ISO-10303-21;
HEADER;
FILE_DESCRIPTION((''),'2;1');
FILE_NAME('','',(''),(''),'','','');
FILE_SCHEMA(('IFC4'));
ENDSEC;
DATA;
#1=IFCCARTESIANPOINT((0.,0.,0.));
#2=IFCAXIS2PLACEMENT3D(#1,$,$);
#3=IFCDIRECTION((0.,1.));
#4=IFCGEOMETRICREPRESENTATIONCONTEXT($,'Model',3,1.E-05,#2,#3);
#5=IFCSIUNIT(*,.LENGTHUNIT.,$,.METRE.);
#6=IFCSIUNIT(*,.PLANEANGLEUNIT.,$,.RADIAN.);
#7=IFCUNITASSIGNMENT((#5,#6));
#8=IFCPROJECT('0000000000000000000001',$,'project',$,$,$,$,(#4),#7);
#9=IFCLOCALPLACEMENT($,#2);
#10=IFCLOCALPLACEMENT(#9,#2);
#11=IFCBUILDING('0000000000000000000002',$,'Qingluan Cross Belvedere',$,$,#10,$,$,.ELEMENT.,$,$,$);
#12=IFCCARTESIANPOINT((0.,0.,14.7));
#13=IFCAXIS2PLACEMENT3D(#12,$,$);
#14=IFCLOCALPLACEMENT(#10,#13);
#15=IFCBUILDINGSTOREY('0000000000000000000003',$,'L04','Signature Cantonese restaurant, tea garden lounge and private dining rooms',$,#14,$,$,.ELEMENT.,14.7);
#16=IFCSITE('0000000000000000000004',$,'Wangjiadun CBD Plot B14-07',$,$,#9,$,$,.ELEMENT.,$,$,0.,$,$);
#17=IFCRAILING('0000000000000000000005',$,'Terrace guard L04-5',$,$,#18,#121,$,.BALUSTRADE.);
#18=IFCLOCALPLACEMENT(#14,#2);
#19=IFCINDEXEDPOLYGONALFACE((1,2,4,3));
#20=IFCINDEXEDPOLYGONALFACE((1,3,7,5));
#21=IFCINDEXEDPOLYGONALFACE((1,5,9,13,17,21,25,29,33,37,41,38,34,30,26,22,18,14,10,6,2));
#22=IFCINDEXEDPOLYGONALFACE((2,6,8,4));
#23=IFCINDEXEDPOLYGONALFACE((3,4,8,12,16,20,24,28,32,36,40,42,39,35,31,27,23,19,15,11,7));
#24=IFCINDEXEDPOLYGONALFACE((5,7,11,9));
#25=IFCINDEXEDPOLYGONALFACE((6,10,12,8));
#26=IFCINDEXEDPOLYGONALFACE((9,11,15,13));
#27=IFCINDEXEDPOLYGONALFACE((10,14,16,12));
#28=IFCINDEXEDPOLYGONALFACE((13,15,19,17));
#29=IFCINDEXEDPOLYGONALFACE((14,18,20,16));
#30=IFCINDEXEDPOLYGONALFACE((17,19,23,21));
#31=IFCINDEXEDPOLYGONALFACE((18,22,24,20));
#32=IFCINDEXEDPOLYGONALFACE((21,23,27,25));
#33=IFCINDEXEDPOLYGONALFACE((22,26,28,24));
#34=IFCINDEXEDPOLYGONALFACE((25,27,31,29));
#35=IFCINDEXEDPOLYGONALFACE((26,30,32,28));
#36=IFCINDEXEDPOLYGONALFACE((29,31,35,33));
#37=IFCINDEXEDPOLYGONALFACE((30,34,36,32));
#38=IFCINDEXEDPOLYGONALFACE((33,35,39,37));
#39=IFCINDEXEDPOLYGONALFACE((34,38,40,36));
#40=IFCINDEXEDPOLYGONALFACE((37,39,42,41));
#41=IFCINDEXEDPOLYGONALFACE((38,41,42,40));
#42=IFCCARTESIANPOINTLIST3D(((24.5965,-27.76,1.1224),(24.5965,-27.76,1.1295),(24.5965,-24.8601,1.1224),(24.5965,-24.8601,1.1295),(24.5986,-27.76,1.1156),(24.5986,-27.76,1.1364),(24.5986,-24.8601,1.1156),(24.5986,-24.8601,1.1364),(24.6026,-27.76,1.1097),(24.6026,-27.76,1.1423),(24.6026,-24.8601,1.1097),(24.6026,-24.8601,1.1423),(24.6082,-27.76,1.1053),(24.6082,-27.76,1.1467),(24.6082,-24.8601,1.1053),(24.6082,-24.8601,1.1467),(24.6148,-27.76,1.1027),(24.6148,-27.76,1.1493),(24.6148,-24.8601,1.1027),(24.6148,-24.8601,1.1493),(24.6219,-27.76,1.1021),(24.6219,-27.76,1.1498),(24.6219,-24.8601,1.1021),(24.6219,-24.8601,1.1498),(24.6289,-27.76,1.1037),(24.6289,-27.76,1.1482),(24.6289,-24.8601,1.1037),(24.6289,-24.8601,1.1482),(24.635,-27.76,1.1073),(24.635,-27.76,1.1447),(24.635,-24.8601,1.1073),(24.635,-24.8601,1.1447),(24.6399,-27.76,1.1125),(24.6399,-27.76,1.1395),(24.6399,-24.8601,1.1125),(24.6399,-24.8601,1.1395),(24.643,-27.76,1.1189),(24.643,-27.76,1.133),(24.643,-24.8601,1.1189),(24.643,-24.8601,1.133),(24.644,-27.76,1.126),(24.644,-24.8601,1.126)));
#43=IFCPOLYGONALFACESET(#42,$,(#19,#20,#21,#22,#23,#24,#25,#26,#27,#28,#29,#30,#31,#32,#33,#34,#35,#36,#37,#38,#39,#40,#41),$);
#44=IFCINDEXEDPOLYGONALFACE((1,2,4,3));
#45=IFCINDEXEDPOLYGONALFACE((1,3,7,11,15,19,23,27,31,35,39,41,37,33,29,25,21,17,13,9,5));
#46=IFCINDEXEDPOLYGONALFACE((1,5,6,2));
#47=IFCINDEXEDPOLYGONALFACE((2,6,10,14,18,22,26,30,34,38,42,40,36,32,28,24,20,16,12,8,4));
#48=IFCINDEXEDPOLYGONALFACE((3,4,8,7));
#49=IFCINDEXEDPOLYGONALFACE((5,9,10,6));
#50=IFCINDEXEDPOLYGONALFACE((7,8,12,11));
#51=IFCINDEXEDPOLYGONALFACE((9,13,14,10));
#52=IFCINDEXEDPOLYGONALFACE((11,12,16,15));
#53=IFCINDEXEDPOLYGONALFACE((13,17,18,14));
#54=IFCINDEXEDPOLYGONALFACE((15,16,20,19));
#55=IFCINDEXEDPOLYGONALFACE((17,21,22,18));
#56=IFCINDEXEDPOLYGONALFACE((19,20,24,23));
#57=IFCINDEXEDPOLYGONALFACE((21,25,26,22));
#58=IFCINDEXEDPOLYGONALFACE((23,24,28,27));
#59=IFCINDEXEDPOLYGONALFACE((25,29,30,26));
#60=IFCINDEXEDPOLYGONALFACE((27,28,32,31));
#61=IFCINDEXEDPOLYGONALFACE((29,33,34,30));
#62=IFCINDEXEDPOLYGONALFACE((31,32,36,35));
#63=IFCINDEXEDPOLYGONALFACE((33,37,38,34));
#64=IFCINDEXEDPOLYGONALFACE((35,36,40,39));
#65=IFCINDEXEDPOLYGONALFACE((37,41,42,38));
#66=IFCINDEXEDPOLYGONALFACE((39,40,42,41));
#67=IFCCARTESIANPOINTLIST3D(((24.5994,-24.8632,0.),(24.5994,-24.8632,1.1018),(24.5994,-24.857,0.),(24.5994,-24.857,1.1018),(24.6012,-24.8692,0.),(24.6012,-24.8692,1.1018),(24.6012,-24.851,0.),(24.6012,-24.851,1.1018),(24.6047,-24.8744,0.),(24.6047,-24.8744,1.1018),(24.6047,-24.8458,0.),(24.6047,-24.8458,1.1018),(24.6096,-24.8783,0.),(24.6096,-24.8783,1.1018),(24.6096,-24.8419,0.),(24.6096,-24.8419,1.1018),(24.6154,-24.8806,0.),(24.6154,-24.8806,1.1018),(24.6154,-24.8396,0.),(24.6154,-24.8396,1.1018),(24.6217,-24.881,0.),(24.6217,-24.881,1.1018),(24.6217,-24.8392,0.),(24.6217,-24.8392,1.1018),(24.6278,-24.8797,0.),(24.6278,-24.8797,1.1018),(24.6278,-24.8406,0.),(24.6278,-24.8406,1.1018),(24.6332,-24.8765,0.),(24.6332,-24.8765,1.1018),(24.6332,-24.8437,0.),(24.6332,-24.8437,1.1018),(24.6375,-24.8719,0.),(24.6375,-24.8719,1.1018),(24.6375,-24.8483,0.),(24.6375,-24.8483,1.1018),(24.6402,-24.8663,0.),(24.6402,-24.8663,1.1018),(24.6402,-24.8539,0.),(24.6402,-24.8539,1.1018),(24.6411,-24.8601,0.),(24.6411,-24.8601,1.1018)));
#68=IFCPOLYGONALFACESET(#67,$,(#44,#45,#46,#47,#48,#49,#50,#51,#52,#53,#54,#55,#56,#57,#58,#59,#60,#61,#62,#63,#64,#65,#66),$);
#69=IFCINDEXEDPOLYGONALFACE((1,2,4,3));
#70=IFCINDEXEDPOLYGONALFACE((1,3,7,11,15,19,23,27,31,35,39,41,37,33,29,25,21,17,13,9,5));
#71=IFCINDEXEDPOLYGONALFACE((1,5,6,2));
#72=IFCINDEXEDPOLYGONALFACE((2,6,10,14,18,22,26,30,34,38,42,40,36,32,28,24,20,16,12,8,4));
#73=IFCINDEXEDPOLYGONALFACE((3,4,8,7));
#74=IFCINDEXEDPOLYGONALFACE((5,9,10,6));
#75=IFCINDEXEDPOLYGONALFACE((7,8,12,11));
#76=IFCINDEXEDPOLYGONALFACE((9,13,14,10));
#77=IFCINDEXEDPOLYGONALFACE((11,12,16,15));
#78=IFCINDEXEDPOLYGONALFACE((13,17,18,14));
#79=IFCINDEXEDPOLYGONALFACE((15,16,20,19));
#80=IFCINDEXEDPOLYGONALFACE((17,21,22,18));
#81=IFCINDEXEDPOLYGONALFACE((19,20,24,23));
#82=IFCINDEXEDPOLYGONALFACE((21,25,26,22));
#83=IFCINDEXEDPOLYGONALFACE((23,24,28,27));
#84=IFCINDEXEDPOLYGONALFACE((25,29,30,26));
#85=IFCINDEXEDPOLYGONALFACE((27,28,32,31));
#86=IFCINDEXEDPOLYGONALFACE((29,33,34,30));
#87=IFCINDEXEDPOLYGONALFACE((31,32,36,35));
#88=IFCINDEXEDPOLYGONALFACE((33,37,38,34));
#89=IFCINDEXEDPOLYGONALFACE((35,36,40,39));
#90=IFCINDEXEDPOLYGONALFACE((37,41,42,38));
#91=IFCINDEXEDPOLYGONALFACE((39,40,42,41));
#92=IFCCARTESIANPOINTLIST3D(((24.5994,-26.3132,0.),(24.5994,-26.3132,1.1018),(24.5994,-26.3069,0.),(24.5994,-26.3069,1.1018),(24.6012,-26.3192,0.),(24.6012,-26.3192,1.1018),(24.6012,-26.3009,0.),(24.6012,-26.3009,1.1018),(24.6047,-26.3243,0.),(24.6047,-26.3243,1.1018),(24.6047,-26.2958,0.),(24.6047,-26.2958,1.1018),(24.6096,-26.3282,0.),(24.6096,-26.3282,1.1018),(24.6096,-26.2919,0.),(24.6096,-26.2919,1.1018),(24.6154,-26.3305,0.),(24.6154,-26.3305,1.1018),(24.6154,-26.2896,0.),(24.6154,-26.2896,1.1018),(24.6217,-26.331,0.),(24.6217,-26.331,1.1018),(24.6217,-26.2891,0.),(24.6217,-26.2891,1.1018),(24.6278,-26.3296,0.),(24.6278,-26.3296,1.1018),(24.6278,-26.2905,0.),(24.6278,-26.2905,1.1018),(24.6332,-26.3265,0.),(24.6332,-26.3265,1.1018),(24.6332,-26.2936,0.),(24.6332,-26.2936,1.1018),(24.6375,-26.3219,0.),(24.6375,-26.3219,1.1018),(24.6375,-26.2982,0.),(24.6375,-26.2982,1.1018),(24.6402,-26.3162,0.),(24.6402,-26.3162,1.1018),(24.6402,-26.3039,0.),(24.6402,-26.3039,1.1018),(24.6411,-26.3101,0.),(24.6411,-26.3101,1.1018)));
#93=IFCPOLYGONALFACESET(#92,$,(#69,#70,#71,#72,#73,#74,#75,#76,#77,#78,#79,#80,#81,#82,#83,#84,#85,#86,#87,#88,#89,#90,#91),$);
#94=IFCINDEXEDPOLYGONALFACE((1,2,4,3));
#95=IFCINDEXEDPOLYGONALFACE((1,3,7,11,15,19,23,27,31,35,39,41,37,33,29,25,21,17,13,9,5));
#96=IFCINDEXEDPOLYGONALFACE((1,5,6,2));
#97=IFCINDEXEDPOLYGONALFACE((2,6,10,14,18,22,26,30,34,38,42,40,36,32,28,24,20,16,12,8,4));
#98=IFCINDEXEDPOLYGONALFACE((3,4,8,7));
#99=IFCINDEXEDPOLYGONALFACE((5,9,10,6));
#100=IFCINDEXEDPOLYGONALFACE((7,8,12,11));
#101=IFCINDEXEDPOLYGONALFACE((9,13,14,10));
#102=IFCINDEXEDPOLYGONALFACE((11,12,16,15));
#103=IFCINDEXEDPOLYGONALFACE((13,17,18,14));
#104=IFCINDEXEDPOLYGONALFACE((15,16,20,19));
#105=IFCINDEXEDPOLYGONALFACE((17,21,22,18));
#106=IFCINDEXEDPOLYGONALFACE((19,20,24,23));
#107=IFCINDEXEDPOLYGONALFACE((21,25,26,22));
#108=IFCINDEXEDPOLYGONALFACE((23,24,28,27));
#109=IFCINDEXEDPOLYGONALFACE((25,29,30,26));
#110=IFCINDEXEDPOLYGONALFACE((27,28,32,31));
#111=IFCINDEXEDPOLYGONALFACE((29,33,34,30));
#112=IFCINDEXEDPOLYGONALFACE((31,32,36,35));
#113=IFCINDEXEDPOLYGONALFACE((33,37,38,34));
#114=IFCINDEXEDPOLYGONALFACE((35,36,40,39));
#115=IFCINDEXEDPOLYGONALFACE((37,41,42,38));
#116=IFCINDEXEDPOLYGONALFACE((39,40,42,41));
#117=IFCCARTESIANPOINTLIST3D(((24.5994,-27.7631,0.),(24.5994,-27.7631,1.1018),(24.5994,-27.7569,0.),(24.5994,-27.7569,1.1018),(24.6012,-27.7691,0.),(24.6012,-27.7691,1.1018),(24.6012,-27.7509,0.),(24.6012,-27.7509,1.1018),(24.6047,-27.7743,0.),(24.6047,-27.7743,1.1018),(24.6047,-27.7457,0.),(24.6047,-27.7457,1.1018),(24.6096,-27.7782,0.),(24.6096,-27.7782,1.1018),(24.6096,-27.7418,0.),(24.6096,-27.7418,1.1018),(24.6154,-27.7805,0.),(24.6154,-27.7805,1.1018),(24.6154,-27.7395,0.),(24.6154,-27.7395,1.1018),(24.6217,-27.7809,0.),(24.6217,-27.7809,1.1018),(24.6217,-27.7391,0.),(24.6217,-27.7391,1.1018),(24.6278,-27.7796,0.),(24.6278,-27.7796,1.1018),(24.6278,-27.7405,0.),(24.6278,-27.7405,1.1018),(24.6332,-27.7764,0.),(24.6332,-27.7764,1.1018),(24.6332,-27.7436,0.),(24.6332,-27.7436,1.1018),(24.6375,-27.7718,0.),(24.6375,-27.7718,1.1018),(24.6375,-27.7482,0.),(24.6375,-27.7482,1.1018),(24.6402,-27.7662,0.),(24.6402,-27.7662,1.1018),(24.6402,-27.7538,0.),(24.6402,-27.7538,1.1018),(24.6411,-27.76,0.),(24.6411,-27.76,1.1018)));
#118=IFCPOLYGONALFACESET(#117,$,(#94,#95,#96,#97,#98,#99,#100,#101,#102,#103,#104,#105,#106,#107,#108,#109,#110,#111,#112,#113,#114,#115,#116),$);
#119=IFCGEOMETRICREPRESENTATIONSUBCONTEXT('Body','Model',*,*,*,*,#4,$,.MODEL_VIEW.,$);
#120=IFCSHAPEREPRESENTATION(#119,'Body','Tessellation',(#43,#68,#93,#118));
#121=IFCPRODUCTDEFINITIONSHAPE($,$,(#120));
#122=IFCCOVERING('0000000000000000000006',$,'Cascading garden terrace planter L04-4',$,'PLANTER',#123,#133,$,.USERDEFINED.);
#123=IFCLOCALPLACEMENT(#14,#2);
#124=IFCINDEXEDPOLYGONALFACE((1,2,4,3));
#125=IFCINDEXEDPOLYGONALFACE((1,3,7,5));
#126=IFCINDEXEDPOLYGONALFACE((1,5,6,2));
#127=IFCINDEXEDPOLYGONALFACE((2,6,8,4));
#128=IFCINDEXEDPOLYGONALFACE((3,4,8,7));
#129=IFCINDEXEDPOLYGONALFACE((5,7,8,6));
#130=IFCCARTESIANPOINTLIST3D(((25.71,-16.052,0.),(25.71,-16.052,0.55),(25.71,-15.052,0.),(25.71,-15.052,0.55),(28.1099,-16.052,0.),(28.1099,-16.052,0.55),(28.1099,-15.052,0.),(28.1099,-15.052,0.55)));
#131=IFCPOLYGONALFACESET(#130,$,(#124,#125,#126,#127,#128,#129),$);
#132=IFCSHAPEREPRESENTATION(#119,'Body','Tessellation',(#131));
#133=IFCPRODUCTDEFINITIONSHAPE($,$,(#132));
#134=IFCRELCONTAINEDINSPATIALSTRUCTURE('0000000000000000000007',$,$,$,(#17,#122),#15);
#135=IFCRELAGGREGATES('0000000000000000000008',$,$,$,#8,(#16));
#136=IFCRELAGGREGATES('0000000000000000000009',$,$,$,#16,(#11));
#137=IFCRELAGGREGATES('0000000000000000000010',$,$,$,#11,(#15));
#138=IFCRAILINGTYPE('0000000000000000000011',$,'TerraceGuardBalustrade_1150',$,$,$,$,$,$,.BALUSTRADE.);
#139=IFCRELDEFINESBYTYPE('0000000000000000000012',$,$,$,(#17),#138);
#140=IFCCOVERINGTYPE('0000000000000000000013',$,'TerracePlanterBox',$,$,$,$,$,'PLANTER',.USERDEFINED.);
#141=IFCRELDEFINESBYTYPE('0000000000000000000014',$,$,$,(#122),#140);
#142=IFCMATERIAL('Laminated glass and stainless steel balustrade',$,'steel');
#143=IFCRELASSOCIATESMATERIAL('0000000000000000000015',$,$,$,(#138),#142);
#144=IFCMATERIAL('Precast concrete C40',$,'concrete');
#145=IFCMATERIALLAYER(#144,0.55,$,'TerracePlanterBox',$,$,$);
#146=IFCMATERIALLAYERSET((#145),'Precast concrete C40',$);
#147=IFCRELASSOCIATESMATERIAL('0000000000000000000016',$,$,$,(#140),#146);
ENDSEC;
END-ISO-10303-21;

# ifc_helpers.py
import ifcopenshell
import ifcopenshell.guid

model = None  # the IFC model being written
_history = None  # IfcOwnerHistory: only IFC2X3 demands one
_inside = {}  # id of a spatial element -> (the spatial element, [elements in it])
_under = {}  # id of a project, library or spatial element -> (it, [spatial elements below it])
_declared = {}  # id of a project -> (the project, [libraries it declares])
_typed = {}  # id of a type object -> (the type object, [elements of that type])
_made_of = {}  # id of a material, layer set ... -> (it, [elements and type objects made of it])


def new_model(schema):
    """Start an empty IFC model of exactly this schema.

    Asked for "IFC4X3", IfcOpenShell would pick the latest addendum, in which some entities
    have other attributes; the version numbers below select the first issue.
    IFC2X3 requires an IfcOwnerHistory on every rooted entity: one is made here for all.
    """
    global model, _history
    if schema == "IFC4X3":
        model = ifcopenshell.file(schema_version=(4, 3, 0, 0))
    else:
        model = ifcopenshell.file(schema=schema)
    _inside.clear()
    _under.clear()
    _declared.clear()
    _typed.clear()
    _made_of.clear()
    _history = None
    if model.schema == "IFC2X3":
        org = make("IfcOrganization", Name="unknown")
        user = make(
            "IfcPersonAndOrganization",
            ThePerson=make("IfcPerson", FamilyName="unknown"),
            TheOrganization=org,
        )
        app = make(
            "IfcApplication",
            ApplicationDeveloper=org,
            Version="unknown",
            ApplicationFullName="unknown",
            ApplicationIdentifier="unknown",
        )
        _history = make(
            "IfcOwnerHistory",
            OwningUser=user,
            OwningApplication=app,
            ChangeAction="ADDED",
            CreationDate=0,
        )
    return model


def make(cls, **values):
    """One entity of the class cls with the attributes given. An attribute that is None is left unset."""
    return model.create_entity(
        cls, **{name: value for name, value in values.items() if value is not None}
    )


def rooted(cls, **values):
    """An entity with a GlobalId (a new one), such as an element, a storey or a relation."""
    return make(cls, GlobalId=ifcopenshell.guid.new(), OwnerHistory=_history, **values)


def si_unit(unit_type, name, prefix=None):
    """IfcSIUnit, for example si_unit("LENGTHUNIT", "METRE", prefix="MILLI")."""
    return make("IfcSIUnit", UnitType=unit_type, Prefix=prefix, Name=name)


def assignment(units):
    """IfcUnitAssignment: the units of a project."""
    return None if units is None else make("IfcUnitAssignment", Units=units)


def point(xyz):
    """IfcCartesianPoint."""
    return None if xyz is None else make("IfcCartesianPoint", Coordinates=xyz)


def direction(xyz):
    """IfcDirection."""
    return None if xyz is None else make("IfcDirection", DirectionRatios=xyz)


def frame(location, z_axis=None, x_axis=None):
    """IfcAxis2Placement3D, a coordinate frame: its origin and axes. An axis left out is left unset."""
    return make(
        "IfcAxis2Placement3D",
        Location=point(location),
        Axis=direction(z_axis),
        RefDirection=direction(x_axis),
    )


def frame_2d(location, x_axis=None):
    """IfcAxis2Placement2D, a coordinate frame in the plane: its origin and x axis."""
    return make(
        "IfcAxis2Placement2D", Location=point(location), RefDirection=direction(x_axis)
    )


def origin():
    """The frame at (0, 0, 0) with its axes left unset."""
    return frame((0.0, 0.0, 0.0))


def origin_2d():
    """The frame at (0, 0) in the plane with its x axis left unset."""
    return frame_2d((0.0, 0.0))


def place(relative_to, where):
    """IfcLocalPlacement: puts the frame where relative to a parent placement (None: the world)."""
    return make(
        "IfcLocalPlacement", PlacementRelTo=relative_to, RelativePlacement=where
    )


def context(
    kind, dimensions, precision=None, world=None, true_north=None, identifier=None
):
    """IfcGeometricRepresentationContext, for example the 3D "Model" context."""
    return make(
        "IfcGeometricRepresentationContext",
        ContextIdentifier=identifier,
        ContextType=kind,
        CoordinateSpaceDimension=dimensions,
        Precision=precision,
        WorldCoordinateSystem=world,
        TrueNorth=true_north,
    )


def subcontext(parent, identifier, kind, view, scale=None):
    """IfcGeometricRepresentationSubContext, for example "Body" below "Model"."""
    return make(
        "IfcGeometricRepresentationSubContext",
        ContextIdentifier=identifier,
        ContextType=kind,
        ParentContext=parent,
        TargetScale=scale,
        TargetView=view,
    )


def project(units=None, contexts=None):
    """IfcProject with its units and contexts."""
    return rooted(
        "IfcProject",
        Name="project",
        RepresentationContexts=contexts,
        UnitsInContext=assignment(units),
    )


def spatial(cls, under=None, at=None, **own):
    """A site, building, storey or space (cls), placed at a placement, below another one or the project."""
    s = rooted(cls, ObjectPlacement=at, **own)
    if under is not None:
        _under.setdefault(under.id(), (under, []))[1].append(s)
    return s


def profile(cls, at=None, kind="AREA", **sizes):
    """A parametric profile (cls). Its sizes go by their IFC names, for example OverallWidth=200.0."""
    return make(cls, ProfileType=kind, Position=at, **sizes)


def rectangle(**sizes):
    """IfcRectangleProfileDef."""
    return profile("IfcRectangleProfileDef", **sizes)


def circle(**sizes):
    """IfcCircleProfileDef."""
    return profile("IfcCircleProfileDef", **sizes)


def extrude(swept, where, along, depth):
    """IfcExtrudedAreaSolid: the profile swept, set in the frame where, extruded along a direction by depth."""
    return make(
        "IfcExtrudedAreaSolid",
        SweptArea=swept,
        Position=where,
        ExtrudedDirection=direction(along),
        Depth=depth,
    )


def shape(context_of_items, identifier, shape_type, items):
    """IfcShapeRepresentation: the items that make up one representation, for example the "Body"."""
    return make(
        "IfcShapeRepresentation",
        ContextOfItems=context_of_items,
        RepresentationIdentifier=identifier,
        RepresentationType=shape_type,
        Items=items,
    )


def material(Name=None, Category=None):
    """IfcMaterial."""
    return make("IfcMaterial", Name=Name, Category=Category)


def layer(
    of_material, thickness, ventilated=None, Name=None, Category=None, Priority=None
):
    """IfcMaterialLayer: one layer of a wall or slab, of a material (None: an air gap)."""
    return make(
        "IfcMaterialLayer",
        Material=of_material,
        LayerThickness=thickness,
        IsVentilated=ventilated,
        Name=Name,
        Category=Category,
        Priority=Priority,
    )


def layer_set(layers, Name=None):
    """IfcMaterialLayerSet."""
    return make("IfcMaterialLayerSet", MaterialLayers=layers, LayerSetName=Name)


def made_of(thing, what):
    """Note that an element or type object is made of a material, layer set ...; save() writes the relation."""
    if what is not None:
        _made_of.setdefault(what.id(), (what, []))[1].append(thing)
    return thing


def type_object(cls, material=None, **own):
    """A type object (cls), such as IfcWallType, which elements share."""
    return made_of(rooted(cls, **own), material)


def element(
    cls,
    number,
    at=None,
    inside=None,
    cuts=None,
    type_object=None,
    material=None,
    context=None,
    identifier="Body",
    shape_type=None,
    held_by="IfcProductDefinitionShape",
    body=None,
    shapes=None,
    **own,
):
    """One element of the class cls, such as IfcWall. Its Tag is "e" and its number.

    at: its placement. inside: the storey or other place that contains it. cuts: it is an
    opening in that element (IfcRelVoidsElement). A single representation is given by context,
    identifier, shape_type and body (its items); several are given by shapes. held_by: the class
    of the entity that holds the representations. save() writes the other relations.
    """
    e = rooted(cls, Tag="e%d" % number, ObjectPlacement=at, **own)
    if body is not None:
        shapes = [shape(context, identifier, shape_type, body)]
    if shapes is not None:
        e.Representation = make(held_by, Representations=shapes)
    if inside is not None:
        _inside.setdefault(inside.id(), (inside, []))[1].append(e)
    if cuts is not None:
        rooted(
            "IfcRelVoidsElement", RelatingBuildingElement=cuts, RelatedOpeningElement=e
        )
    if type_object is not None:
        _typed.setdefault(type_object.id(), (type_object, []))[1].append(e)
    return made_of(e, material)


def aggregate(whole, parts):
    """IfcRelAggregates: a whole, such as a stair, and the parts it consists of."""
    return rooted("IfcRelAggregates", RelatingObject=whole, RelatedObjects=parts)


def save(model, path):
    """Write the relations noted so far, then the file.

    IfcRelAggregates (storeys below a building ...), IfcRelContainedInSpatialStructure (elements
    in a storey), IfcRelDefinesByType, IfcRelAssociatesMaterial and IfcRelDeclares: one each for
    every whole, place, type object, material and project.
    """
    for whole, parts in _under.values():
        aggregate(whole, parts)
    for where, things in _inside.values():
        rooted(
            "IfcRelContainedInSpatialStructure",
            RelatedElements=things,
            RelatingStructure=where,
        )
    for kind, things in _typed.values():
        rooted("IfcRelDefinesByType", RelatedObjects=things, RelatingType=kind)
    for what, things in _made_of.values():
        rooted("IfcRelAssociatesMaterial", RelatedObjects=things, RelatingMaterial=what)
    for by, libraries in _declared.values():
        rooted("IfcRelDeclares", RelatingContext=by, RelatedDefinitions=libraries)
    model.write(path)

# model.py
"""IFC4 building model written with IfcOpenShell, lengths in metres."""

from ifc_helpers import new_model, si_unit, direction, frame, origin, origin_2d, place, context, subcontext, project, spatial, rectangle, circle, extrude, material, layer, layer_set, type_object, element, save


model = new_model("IFC4")

# Units and contexts
model_context = context("Model", 3, precision=1e-05, world=origin(), true_north=direction((0.0, 1.0)))
body_context = subcontext(model_context, "Body", "Model", "MODEL_VIEW")
ifc_project = project(units=[si_unit("LENGTHUNIT", "METRE"), si_unit("PLANEANGLEUNIT", "RADIAN")], contexts=[model_context])

# Site, building, storey
site_placement = place(None, origin())
site = spatial("IfcSite", under=ifc_project, at=site_placement, Name="Wangjiadun CBD Plot B14-07", CompositionType="ELEMENT", RefElevation=0.0)
building_placement = place(site_placement, origin())
building = spatial("IfcBuilding", under=site, at=building_placement, Name="Qingluan Cross Belvedere", CompositionType="ELEMENT")
storey_placement = place(building_placement, frame((0.0, 0.0, 14.7)))
storey = spatial("IfcBuildingStorey", under=building, at=storey_placement, Name="L04", Description="Signature Cantonese restaurant, tea garden lounge and private dining rooms", CompositionType="ELEMENT", Elevation=14.7)

# Railing
ifc_material_1 = material(Name="Laminated glass and stainless steel balustrade", Category="steel")
railing_type_1 = type_object("IfcRailingType", Name="TerraceGuardBalustrade_1150", PredefinedType="BALUSTRADE", material=ifc_material_1)
railing_1_placement = place(storey_placement, frame((24.6201, -24.8601, 0.0)))
element("IfcRailing", 1, at=railing_1_placement, inside=storey, type_object=railing_type_1, Name="Terrace guard L04-5", PredefinedType="BALUSTRADE", context=body_context, shape_type="SweptSolid", body=[
    extrude(circle(Radius=0.0239, at=origin_2d()), frame((0.0, 0.0, 1.126), z_axis=(0.0, -1.0, 0.0), x_axis=(1.0, 0.0, 0.0)), (0.0, 0.0, 1.0), 2.8999),
    extrude(circle(Radius=0.021, at=origin_2d()), origin(), (0.0, 0.0, 1.0), 1.1018),
    extrude(circle(Radius=0.021, at=origin_2d()), frame((0.0, -1.45, 0.0)), (0.0, 0.0, 1.0), 1.1018),
    extrude(circle(Radius=0.021, at=origin_2d()), frame((0.0, -2.8999, 0.0)), (0.0, 0.0, 1.0), 1.1018),
])

# Covering
ifc_material_2 = material(Name="Precast concrete C40", Category="concrete")
ifc_layer_1 = layer(ifc_material_2, 0.55, Name="TerracePlanterBox")
ifc_layer_set_1 = layer_set([ifc_layer_1], Name="Precast concrete C40")
covering_type = type_object("IfcCoveringType", Name="TerracePlanterBox", ElementType="PLANTER", PredefinedType="USERDEFINED", material=ifc_layer_set_1)
covering_placement = place(storey_placement, frame((26.9099, -15.552, 0.0), z_axis=(0.0, 0.0, 1.0), x_axis=(1.0, 0.0, 0.0)))
element("IfcCovering", 2, at=covering_placement, inside=storey, type_object=covering_type, Name="Cascading garden terrace planter L04-4", ObjectType="PLANTER", PredefinedType="USERDEFINED", context=body_context, shape_type="SweptSolid", body=[
    extrude(rectangle(XDim=2.3999, YDim=1.0, at=origin_2d()), origin(), (0.0, 0.0, 1.0), 0.55),
])

save(model, "model.ifc")
